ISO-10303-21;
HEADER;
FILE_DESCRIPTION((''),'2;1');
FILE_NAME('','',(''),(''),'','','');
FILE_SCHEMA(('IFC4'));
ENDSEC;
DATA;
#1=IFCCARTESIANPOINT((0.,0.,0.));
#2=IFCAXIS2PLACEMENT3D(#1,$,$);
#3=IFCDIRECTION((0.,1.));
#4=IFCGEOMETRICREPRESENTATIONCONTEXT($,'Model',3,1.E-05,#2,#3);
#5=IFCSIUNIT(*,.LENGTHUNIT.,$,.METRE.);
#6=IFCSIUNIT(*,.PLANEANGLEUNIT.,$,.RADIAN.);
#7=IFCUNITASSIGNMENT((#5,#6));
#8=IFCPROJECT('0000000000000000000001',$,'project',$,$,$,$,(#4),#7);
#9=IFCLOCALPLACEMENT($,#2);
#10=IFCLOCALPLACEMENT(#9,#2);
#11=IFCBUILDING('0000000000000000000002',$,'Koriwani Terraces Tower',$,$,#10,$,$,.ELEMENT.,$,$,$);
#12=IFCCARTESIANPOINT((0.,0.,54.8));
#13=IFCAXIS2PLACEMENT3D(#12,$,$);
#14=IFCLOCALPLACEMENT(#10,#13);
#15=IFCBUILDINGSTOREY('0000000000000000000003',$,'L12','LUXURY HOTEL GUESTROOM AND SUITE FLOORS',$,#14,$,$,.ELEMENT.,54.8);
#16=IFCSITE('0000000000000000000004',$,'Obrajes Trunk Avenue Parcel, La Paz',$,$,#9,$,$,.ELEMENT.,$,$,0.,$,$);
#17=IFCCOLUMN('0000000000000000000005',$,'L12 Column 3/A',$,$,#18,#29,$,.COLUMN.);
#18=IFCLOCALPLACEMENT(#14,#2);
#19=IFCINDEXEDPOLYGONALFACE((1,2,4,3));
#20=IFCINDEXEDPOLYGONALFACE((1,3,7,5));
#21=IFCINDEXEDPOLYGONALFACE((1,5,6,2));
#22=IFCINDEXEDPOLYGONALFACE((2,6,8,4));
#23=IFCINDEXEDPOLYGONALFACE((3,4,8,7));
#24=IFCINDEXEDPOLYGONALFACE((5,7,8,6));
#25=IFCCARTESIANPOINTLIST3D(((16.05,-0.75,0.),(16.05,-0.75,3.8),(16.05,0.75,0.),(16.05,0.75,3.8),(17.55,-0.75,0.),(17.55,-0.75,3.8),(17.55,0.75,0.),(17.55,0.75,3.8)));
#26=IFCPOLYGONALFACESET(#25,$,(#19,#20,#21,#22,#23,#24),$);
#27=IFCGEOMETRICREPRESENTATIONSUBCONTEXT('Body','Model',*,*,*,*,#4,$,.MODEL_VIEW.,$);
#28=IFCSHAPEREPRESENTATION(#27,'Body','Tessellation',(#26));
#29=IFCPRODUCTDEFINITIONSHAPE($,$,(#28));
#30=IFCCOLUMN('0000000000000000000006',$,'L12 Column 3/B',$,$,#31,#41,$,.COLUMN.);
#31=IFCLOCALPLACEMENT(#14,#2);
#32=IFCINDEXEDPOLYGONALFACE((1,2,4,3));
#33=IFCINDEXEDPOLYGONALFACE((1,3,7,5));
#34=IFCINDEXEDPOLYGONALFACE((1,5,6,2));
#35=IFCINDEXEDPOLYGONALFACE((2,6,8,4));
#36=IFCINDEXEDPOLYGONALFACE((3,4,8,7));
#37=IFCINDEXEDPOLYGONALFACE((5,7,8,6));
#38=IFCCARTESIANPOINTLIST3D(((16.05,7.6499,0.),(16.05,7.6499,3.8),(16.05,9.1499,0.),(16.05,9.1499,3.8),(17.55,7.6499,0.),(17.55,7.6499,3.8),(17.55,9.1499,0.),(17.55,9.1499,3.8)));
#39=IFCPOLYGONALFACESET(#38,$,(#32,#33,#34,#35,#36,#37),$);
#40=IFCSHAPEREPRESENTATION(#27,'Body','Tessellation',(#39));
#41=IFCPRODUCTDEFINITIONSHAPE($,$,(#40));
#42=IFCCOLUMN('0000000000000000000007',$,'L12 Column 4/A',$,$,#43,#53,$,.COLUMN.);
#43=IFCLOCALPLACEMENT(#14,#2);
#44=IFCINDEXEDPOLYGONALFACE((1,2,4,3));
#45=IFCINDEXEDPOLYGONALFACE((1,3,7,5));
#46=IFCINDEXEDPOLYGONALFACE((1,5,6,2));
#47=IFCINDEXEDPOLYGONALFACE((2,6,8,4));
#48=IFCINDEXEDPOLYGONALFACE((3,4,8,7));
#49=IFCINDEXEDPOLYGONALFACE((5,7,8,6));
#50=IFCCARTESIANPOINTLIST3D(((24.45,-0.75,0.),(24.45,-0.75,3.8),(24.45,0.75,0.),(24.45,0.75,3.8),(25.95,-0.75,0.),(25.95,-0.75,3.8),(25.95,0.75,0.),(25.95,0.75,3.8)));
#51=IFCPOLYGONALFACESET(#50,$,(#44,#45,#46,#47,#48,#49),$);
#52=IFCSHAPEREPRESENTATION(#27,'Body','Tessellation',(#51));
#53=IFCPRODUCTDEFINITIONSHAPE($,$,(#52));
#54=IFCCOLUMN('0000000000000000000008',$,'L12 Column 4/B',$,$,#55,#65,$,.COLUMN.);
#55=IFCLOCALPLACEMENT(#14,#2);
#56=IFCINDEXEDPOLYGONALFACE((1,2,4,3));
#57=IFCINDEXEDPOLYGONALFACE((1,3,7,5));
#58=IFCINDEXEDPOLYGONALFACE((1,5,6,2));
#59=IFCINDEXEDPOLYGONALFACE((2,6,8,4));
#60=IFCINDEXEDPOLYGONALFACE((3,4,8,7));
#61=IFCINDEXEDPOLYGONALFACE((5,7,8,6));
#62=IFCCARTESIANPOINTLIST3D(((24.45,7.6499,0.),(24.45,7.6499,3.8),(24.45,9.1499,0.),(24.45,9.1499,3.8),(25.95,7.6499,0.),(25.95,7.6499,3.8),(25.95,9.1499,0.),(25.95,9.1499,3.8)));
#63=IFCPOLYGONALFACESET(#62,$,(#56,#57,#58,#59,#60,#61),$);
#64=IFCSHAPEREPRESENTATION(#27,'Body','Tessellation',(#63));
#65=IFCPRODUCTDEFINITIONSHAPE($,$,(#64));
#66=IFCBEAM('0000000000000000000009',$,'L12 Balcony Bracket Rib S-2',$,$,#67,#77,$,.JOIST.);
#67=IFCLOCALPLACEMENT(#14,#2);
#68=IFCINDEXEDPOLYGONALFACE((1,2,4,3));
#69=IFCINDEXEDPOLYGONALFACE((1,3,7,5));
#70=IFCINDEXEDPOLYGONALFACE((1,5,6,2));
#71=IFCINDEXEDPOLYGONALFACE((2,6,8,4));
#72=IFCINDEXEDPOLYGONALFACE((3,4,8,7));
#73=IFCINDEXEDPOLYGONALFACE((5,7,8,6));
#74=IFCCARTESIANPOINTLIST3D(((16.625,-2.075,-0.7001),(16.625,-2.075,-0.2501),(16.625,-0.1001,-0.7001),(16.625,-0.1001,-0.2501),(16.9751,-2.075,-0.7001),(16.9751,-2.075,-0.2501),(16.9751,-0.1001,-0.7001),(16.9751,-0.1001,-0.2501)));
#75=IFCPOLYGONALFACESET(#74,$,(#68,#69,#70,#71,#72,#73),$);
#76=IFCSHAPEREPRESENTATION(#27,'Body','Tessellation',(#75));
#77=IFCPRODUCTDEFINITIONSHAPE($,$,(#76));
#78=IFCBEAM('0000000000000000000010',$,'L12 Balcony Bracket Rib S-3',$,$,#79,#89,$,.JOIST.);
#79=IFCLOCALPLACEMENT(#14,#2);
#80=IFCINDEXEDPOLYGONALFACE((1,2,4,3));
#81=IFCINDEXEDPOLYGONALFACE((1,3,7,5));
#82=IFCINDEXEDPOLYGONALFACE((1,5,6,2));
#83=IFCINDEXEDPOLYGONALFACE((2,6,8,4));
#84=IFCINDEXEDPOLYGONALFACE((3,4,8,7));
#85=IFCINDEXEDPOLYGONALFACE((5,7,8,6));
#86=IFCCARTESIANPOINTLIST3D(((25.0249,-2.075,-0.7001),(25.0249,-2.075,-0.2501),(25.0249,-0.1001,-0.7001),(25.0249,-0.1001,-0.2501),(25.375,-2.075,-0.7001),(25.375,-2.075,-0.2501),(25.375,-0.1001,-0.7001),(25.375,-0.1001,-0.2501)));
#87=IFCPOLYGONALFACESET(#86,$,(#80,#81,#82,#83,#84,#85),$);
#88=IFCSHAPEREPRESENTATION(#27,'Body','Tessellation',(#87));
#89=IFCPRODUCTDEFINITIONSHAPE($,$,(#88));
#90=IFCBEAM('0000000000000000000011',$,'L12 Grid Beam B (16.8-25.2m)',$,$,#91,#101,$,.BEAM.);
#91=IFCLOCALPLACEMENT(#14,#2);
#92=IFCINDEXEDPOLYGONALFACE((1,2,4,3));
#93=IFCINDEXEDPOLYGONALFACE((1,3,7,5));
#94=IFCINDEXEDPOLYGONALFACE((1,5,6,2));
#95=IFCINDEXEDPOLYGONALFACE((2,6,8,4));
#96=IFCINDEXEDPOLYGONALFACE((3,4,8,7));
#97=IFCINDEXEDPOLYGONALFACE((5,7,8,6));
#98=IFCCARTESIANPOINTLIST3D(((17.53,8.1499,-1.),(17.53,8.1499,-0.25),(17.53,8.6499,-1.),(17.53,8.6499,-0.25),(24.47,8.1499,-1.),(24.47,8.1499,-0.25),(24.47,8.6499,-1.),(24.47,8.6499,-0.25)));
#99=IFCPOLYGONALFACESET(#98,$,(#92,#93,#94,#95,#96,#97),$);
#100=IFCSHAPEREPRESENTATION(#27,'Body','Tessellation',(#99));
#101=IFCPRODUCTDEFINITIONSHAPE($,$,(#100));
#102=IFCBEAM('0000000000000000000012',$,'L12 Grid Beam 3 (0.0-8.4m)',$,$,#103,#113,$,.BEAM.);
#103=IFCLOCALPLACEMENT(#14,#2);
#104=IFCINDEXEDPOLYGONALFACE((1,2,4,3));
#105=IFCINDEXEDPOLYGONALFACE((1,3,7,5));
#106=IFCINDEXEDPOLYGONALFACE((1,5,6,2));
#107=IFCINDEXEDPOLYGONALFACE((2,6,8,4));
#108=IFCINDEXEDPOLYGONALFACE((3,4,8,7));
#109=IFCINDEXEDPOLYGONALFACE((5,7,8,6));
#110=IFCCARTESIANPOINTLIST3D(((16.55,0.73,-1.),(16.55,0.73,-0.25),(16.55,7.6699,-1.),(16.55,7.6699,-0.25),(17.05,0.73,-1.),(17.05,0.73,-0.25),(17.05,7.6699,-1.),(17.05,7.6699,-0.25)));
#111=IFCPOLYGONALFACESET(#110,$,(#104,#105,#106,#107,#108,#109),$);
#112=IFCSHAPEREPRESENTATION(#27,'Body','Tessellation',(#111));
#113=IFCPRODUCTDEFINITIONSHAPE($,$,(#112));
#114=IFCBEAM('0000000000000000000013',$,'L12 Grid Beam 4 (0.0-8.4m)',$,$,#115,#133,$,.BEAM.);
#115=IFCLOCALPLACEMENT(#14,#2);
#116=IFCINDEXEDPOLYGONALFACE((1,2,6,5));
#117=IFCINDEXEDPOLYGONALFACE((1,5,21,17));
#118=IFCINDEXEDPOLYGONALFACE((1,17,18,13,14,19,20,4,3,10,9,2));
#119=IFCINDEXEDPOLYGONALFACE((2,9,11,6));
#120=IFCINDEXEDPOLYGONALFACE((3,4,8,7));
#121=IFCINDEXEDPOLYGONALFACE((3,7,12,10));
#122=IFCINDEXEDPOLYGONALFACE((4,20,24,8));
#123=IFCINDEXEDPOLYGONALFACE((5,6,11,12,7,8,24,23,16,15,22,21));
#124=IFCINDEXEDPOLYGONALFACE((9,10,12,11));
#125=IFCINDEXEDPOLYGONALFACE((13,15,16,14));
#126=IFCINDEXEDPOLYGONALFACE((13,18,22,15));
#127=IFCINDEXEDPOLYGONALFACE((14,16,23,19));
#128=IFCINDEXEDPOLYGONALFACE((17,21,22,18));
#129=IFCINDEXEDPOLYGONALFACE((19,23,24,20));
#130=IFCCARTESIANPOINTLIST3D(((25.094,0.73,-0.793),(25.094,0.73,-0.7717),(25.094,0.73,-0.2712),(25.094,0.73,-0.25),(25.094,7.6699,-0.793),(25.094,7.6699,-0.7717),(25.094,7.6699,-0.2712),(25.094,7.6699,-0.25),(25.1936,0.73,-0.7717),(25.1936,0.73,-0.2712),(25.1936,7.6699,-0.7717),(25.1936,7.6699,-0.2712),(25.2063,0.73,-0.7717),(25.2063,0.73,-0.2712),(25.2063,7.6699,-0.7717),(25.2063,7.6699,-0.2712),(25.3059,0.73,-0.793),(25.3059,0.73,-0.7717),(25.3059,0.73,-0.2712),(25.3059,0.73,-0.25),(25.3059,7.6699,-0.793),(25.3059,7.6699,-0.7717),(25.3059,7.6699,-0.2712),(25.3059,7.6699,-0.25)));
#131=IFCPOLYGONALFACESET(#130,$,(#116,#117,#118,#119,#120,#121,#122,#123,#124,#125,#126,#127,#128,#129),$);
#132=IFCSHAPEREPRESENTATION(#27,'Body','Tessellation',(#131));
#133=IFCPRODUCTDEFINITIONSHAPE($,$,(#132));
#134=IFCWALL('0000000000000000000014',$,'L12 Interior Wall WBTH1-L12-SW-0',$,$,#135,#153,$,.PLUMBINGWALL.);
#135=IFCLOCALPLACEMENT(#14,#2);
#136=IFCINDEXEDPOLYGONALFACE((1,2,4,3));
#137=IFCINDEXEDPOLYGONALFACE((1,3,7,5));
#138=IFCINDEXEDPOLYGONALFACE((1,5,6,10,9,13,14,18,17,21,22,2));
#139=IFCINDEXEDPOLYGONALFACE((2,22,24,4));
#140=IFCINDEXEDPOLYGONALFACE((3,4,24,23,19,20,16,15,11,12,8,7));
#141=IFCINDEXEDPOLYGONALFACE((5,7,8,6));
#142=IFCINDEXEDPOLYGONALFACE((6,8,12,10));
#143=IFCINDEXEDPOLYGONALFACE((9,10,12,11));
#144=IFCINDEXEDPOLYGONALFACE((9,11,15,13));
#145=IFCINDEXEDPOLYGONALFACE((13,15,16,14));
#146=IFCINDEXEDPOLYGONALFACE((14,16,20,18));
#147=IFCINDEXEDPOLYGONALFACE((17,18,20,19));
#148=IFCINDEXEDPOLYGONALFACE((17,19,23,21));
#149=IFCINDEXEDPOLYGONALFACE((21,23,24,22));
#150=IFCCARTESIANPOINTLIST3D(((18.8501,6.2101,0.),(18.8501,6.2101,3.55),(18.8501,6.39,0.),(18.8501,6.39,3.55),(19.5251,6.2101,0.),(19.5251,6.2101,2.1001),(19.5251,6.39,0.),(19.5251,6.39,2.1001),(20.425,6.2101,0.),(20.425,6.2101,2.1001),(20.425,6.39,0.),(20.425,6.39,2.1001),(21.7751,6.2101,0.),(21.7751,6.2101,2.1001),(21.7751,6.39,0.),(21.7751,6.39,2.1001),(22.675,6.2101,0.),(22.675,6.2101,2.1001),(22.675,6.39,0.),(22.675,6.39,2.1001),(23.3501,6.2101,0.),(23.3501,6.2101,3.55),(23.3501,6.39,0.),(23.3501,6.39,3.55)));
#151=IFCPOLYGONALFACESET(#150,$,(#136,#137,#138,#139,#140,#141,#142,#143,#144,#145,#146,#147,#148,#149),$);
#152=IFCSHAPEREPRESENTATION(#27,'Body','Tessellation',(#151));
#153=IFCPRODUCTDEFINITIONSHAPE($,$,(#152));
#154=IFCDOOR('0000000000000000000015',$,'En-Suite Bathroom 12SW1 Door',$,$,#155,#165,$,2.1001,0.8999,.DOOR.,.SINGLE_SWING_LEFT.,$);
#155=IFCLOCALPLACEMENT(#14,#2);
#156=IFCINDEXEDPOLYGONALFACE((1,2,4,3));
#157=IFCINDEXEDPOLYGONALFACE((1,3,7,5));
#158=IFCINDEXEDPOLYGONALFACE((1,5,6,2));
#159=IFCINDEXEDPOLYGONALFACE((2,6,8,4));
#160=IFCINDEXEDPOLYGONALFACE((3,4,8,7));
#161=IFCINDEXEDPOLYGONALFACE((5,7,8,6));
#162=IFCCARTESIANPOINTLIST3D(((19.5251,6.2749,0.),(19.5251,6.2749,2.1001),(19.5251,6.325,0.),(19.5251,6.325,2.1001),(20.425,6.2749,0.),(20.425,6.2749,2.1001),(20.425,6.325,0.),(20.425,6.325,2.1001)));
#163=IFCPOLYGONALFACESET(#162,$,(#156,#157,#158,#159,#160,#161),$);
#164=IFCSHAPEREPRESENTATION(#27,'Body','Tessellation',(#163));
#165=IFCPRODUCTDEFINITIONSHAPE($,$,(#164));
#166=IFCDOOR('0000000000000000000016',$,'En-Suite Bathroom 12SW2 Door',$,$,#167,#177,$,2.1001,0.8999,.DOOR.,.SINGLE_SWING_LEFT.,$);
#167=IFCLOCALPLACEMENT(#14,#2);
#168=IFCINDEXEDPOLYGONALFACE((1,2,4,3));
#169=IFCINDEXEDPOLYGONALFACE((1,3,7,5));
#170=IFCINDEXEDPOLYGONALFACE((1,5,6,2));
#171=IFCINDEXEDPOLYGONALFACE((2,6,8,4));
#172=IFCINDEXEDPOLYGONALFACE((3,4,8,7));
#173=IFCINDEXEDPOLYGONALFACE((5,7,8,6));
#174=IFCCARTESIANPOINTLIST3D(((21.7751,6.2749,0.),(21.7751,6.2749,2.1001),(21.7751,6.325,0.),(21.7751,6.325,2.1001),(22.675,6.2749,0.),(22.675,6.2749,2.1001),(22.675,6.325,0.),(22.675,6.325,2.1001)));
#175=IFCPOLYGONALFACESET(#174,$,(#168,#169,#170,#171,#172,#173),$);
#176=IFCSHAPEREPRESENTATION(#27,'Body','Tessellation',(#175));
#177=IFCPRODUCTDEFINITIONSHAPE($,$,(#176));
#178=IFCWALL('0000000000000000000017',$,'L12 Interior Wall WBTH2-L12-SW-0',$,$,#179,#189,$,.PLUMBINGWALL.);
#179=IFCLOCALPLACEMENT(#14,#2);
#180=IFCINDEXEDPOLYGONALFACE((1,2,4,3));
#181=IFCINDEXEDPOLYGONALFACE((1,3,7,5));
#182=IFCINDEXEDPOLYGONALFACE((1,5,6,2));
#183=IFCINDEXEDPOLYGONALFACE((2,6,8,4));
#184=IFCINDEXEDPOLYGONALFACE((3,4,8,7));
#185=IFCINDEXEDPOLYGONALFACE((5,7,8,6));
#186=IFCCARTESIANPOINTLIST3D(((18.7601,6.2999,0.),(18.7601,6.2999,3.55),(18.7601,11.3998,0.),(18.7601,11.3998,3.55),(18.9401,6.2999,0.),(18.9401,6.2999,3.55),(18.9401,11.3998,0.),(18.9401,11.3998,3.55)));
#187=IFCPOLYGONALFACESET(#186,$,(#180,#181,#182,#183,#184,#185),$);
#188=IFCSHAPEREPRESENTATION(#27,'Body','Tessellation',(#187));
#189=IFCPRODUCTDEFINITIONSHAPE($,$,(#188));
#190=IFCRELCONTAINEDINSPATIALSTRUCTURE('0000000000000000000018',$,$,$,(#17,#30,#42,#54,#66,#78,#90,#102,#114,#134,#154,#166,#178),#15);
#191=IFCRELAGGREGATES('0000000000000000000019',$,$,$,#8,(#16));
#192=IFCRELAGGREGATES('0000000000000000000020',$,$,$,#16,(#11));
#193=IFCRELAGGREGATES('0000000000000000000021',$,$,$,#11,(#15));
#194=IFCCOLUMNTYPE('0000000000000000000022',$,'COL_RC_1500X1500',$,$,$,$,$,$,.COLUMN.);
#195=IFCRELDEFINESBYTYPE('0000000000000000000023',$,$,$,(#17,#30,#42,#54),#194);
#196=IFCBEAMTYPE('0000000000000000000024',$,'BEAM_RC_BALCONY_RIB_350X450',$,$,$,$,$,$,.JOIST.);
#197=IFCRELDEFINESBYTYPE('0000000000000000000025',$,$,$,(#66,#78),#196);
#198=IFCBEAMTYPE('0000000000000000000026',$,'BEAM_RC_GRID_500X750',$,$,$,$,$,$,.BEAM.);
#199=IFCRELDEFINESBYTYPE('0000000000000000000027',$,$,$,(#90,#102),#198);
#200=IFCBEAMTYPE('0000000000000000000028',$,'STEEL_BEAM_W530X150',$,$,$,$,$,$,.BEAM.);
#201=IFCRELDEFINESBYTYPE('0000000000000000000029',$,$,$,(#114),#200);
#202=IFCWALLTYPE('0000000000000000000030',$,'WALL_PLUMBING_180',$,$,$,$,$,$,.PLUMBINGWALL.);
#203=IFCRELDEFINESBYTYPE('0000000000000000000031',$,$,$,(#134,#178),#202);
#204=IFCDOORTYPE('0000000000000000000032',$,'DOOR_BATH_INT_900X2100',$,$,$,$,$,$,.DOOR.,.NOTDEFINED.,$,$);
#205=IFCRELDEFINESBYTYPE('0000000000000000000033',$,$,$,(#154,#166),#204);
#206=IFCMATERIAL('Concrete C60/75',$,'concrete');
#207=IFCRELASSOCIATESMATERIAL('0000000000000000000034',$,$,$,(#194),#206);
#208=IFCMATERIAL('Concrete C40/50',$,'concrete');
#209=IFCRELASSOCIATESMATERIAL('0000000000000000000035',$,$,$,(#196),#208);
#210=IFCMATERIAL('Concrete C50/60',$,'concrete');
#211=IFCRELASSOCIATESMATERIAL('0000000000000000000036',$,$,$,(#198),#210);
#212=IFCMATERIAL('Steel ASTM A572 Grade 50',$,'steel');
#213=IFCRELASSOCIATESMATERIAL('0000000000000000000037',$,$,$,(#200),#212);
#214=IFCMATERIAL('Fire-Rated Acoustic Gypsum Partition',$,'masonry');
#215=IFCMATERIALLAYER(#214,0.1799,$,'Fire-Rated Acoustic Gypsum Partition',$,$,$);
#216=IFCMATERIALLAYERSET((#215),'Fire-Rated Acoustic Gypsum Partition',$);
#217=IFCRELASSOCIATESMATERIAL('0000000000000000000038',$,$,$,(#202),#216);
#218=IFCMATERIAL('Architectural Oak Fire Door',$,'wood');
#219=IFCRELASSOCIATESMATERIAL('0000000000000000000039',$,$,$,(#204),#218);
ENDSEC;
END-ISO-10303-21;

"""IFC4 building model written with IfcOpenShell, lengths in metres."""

from ifc_helpers import new_model, si_unit, direction, frame, frame_2d, origin, origin_2d, place, context, subcontext, project, spatial, rectangle, i_section, extrude, material, layer, layer_set, material_profile, profile_set, type_object, element, fill, save


model = new_model("IFC4")

# Units and contexts
model_context = context("Model", 3, precision=1e-05, world=origin(), true_north=direction((0.0, 1.0)))
body_context = subcontext(model_context, "Body", "Model", "MODEL_VIEW")
ifc_project = project(units=[si_unit("LENGTHUNIT", "METRE"), si_unit("PLANEANGLEUNIT", "RADIAN")], contexts=[model_context])

# Site, building, storey
site_placement = place(None, origin())
site = spatial("IfcSite", under=ifc_project, at=site_placement, Name="Obrajes Trunk Avenue Parcel, La Paz", CompositionType="ELEMENT", RefElevation=0.0)
building_placement = place(site_placement, origin())
building = spatial("IfcBuilding", under=site, at=building_placement, Name="Koriwani Terraces Tower", CompositionType="ELEMENT")
storey_placement = place(building_placement, frame((0.0, 0.0, 54.8)))
storey = spatial("IfcBuildingStorey", under=building, at=storey_placement, Name="L12", Description="LUXURY HOTEL GUESTROOM AND SUITE FLOORS", CompositionType="ELEMENT", Elevation=54.8)

# Columns
ifc_material_1 = material(Name="Concrete C60/75", Category="concrete")
ifc_material_profile_1 = material_profile(ifc_material_1, rectangle(XDim=1.5, YDim=1.5, at=origin_2d()), Name="Concrete C60/75", Category="LoadBearing")
ifc_profile_set_1 = profile_set([ifc_material_profile_1], Name="Concrete C60/75")
column_type = type_object("IfcColumnType", Name="COL_RC_1500X1500", PredefinedType="COLUMN", material=ifc_profile_set_1)
for number, where, z_axis, x_axis, name in (
    (1, (16.8, 0.0, 0.0), (0.0, 0.0, 1.0), (1.0, 0.0, 0.0), "L12 Column 3/A"),
    (2, (16.8, 8.3999, 0.0), (0.0, 0.0, 1.0), (1.0, 0.0, 0.0), "L12 Column 3/B"),
    (3, (25.2, 0.0, 0.0), (0.0, 0.0, 1.0), (1.0, 0.0, 0.0), "L12 Column 4/A"),
    (4, (25.2, 8.3999, 0.0), (0.0, 0.0, 1.0), (1.0, 0.0, 0.0), "L12 Column 4/B"),
):
    element("IfcColumn", number, at=place(storey_placement, frame(where, z_axis=z_axis, x_axis=x_axis)), inside=storey, type_object=column_type, Name=name, PredefinedType="COLUMN", context=body_context, shape_type="SweptSolid", body=[
        extrude(rectangle(XDim=1.5, YDim=1.5, at=origin_2d()), origin(), (0.0, 0.0, 1.0), 3.8),
    ])

# Beams
ifc_material_2 = material(Name="Concrete C40/50", Category="concrete")
ifc_material_profile_2 = material_profile(ifc_material_2, rectangle(XDim=0.3501, YDim=0.45, at=origin_2d()), Name="Concrete C40/50", Category="LoadBearing")
ifc_profile_set_2 = profile_set([ifc_material_profile_2], Name="Concrete C40/50")
beam_type_1 = type_object("IfcBeamType", Name="BEAM_RC_BALCONY_RIB_350X450", PredefinedType="JOIST", material=ifc_profile_set_2)
for number, where, z_axis, x_axis, name in (
    (5, (16.8, -2.075, -0.4751), (0.0, 1.0, 0.0), (-1.0, 0.0, 0.0), "L12 Balcony Bracket Rib S-2"),
    (6, (25.2, -2.075, -0.4751), (0.0, 1.0, 0.0), (-1.0, 0.0, 0.0), "L12 Balcony Bracket Rib S-3"),
):
    element("IfcBeam", number, at=place(storey_placement, frame(where, z_axis=z_axis, x_axis=x_axis)), inside=storey, type_object=beam_type_1, Name=name, PredefinedType="JOIST", context=body_context, shape_type="SweptSolid", body=[
        extrude(rectangle(XDim=0.3501, YDim=0.45, at=origin_2d()), origin(), (0.0, 0.0, 1.0), 1.9749),
    ])
ifc_material_3 = material(Name="Concrete C50/60", Category="concrete")
ifc_material_profile_3 = material_profile(ifc_material_3, rectangle(XDim=0.5, YDim=0.75, at=origin_2d()), Name="Concrete C50/60", Category="LoadBearing")
ifc_profile_set_3 = profile_set([ifc_material_profile_3], Name="Concrete C50/60")
beam_type_2 = type_object("IfcBeamType", Name="BEAM_RC_GRID_500X750", PredefinedType="BEAM", material=ifc_profile_set_3)
for number, where, z_axis, x_axis, name in (
    (7, (17.53, 8.3999, -0.625), (1.0, 0.0, 0.0), (0.0, 1.0, 0.0), "L12 Grid Beam B (16.8-25.2m)"),
    (8, (16.8, 0.73, -0.625), (0.0, 1.0, 0.0), (-1.0, 0.0, 0.0), "L12 Grid Beam 3 (0.0-8.4m)"),
):
    element("IfcBeam", number, at=place(storey_placement, frame(where, z_axis=z_axis, x_axis=x_axis)), inside=storey, type_object=beam_type_2, Name=name, PredefinedType="BEAM", context=body_context, shape_type="SweptSolid", body=[
        extrude(rectangle(XDim=0.5, YDim=0.75, at=origin_2d()), origin(), (0.0, 0.0, 1.0), 6.9399),
    ])
ifc_material_4 = material(Name="Steel ASTM A572 Grade 50", Category="steel")
ifc_material_profile_4 = material_profile(ifc_material_4, i_section(OverallWidth=0.2119, OverallDepth=0.543, WebThickness=0.0127, FlangeThickness=0.0212, at=origin_2d()), Name="Steel ASTM A572 Grade 50", Category="LoadBearing")
ifc_profile_set_4 = profile_set([ifc_material_profile_4], Name="Steel ASTM A572 Grade 50")
beam_type_3 = type_object("IfcBeamType", Name="STEEL_BEAM_W530X150", PredefinedType="BEAM", material=ifc_profile_set_4)
beam_placement = place(storey_placement, frame((25.2, 0.73, -0.5215), z_axis=(0.0, 1.0, 0.0), x_axis=(-1.0, 0.0, 0.0)))
element("IfcBeam", 9, at=beam_placement, inside=storey, type_object=beam_type_3, Name="L12 Grid Beam 4 (0.0-8.4m)", PredefinedType="BEAM", context=body_context, shape_type="SweptSolid", body=[
    extrude(i_section(OverallWidth=0.2119, OverallDepth=0.543, WebThickness=0.0127, FlangeThickness=0.0212, at=origin_2d()), origin(), (0.0, 0.0, 1.0), 6.9399),
])

# Wall, openings, doors
ifc_material_5 = material(Name="Fire-Rated Acoustic Gypsum Partition", Category="masonry")
ifc_layer_1 = layer(ifc_material_5, 0.1799, Name="Fire-Rated Acoustic Gypsum Partition")
ifc_layer_set_1 = layer_set([ifc_layer_1], Name="Fire-Rated Acoustic Gypsum Partition")
wall_type_1 = type_object("IfcWallType", Name="WALL_PLUMBING_180", PredefinedType="PLUMBINGWALL", material=ifc_layer_set_1)
wall_1_placement = place(storey_placement, frame((18.8501, 6.3, 0.0), z_axis=(0.0, 0.0, 1.0), x_axis=(1.0, 0.0, 0.0)))
wall_1 = element("IfcWall", 10, at=wall_1_placement, inside=storey, type_object=wall_type_1, Name="L12 Interior Wall WBTH1-L12-SW-0", PredefinedType="PLUMBINGWALL", context=body_context, shape_type="SweptSolid", body=[
    extrude(rectangle(XDim=4.5, YDim=0.1799, at=frame_2d((2.25, 0.0))), origin(), (0.0, 0.0, 1.0), 3.55),
])
opening_1_placement = place(wall_1_placement, frame((0.675, 0.0, 0.0)))
opening_1 = element("IfcOpeningElement", 11, at=opening_1_placement, cuts=wall_1, PredefinedType="OPENING", context=body_context, shape_type="SweptSolid", body=[
    extrude(rectangle(XDim=0.8999, YDim=2.1001, at=frame_2d((0.45, 1.05))), frame((0.0, 0.1001, 0.0), z_axis=(0.0, -1.0, 0.0), x_axis=(1.0, 0.0, 0.0)), (0.0, 0.0, 1.0), 0.2),
])
opening_2_placement = place(wall_1_placement, frame((2.925, 0.0, 0.0)))
opening_2 = element("IfcOpeningElement", 12, at=opening_2_placement, cuts=wall_1, PredefinedType="OPENING", context=body_context, shape_type="SweptSolid", body=[
    extrude(rectangle(XDim=0.8999, YDim=2.1001, at=frame_2d((0.45, 1.05))), frame((0.0, 0.1001, 0.0), z_axis=(0.0, -1.0, 0.0), x_axis=(1.0, 0.0, 0.0)), (0.0, 0.0, 1.0), 0.2),
])
ifc_material_6 = material(Name="Architectural Oak Fire Door", Category="wood")
door_type = type_object("IfcDoorType", Name="DOOR_BATH_INT_900X2100", OperationType="NOTDEFINED", PredefinedType="DOOR", material=ifc_material_6)
door_1_placement = place(opening_1_placement, origin())
door_1 = element("IfcDoor", 13, at=door_1_placement, inside=storey, type_object=door_type, Name="En-Suite Bathroom 12SW1 Door", OperationType="SINGLE_SWING_LEFT", OverallHeight=2.1001, OverallWidth=0.8999, PredefinedType="DOOR", context=body_context, shape_type="SweptSolid", body=[
    extrude(rectangle(XDim=0.8999, YDim=2.1001, at=frame_2d((0.45, 1.05))), frame((0.0, 0.0249, 0.0), z_axis=(0.0, -1.0, 0.0), x_axis=(1.0, 0.0, 0.0)), (0.0, 0.0, 1.0), 0.05),
])
fill(opening_1, door_1)
door_2_placement = place(opening_2_placement, origin())
door_2 = element("IfcDoor", 14, at=door_2_placement, inside=storey, type_object=door_type, Name="En-Suite Bathroom 12SW2 Door", OperationType="SINGLE_SWING_LEFT", OverallHeight=2.1001, OverallWidth=0.8999, PredefinedType="DOOR", context=body_context, shape_type="SweptSolid", body=[
    extrude(rectangle(XDim=0.8999, YDim=2.1001, at=frame_2d((0.45, 1.05))), frame((0.0, 0.0249, 0.0), z_axis=(0.0, -1.0, 0.0), x_axis=(1.0, 0.0, 0.0)), (0.0, 0.0, 1.0), 0.05),
])
fill(opening_2, door_2)

# Wall
for number, where, z_axis, x_axis, name in (
    (15, (18.8501, 6.3, 0.0), (0.0, 0.0, 1.0), (0.0, 1.0, 0.0), "L12 Interior Wall WBTH2-L12-SW-0"),
):
    element("IfcWall", number, at=place(storey_placement, frame(where, z_axis=z_axis, x_axis=x_axis)), inside=storey, type_object=wall_type_1, Name=name, PredefinedType="PLUMBINGWALL", context=body_context, shape_type="SweptSolid", body=[
        extrude(rectangle(XDim=5.0999, YDim=0.1799, at=frame_2d((2.5498, 0.0))), origin(), (0.0, 0.0, 1.0), 3.55),
    ])

save(model, "model.ifc")
